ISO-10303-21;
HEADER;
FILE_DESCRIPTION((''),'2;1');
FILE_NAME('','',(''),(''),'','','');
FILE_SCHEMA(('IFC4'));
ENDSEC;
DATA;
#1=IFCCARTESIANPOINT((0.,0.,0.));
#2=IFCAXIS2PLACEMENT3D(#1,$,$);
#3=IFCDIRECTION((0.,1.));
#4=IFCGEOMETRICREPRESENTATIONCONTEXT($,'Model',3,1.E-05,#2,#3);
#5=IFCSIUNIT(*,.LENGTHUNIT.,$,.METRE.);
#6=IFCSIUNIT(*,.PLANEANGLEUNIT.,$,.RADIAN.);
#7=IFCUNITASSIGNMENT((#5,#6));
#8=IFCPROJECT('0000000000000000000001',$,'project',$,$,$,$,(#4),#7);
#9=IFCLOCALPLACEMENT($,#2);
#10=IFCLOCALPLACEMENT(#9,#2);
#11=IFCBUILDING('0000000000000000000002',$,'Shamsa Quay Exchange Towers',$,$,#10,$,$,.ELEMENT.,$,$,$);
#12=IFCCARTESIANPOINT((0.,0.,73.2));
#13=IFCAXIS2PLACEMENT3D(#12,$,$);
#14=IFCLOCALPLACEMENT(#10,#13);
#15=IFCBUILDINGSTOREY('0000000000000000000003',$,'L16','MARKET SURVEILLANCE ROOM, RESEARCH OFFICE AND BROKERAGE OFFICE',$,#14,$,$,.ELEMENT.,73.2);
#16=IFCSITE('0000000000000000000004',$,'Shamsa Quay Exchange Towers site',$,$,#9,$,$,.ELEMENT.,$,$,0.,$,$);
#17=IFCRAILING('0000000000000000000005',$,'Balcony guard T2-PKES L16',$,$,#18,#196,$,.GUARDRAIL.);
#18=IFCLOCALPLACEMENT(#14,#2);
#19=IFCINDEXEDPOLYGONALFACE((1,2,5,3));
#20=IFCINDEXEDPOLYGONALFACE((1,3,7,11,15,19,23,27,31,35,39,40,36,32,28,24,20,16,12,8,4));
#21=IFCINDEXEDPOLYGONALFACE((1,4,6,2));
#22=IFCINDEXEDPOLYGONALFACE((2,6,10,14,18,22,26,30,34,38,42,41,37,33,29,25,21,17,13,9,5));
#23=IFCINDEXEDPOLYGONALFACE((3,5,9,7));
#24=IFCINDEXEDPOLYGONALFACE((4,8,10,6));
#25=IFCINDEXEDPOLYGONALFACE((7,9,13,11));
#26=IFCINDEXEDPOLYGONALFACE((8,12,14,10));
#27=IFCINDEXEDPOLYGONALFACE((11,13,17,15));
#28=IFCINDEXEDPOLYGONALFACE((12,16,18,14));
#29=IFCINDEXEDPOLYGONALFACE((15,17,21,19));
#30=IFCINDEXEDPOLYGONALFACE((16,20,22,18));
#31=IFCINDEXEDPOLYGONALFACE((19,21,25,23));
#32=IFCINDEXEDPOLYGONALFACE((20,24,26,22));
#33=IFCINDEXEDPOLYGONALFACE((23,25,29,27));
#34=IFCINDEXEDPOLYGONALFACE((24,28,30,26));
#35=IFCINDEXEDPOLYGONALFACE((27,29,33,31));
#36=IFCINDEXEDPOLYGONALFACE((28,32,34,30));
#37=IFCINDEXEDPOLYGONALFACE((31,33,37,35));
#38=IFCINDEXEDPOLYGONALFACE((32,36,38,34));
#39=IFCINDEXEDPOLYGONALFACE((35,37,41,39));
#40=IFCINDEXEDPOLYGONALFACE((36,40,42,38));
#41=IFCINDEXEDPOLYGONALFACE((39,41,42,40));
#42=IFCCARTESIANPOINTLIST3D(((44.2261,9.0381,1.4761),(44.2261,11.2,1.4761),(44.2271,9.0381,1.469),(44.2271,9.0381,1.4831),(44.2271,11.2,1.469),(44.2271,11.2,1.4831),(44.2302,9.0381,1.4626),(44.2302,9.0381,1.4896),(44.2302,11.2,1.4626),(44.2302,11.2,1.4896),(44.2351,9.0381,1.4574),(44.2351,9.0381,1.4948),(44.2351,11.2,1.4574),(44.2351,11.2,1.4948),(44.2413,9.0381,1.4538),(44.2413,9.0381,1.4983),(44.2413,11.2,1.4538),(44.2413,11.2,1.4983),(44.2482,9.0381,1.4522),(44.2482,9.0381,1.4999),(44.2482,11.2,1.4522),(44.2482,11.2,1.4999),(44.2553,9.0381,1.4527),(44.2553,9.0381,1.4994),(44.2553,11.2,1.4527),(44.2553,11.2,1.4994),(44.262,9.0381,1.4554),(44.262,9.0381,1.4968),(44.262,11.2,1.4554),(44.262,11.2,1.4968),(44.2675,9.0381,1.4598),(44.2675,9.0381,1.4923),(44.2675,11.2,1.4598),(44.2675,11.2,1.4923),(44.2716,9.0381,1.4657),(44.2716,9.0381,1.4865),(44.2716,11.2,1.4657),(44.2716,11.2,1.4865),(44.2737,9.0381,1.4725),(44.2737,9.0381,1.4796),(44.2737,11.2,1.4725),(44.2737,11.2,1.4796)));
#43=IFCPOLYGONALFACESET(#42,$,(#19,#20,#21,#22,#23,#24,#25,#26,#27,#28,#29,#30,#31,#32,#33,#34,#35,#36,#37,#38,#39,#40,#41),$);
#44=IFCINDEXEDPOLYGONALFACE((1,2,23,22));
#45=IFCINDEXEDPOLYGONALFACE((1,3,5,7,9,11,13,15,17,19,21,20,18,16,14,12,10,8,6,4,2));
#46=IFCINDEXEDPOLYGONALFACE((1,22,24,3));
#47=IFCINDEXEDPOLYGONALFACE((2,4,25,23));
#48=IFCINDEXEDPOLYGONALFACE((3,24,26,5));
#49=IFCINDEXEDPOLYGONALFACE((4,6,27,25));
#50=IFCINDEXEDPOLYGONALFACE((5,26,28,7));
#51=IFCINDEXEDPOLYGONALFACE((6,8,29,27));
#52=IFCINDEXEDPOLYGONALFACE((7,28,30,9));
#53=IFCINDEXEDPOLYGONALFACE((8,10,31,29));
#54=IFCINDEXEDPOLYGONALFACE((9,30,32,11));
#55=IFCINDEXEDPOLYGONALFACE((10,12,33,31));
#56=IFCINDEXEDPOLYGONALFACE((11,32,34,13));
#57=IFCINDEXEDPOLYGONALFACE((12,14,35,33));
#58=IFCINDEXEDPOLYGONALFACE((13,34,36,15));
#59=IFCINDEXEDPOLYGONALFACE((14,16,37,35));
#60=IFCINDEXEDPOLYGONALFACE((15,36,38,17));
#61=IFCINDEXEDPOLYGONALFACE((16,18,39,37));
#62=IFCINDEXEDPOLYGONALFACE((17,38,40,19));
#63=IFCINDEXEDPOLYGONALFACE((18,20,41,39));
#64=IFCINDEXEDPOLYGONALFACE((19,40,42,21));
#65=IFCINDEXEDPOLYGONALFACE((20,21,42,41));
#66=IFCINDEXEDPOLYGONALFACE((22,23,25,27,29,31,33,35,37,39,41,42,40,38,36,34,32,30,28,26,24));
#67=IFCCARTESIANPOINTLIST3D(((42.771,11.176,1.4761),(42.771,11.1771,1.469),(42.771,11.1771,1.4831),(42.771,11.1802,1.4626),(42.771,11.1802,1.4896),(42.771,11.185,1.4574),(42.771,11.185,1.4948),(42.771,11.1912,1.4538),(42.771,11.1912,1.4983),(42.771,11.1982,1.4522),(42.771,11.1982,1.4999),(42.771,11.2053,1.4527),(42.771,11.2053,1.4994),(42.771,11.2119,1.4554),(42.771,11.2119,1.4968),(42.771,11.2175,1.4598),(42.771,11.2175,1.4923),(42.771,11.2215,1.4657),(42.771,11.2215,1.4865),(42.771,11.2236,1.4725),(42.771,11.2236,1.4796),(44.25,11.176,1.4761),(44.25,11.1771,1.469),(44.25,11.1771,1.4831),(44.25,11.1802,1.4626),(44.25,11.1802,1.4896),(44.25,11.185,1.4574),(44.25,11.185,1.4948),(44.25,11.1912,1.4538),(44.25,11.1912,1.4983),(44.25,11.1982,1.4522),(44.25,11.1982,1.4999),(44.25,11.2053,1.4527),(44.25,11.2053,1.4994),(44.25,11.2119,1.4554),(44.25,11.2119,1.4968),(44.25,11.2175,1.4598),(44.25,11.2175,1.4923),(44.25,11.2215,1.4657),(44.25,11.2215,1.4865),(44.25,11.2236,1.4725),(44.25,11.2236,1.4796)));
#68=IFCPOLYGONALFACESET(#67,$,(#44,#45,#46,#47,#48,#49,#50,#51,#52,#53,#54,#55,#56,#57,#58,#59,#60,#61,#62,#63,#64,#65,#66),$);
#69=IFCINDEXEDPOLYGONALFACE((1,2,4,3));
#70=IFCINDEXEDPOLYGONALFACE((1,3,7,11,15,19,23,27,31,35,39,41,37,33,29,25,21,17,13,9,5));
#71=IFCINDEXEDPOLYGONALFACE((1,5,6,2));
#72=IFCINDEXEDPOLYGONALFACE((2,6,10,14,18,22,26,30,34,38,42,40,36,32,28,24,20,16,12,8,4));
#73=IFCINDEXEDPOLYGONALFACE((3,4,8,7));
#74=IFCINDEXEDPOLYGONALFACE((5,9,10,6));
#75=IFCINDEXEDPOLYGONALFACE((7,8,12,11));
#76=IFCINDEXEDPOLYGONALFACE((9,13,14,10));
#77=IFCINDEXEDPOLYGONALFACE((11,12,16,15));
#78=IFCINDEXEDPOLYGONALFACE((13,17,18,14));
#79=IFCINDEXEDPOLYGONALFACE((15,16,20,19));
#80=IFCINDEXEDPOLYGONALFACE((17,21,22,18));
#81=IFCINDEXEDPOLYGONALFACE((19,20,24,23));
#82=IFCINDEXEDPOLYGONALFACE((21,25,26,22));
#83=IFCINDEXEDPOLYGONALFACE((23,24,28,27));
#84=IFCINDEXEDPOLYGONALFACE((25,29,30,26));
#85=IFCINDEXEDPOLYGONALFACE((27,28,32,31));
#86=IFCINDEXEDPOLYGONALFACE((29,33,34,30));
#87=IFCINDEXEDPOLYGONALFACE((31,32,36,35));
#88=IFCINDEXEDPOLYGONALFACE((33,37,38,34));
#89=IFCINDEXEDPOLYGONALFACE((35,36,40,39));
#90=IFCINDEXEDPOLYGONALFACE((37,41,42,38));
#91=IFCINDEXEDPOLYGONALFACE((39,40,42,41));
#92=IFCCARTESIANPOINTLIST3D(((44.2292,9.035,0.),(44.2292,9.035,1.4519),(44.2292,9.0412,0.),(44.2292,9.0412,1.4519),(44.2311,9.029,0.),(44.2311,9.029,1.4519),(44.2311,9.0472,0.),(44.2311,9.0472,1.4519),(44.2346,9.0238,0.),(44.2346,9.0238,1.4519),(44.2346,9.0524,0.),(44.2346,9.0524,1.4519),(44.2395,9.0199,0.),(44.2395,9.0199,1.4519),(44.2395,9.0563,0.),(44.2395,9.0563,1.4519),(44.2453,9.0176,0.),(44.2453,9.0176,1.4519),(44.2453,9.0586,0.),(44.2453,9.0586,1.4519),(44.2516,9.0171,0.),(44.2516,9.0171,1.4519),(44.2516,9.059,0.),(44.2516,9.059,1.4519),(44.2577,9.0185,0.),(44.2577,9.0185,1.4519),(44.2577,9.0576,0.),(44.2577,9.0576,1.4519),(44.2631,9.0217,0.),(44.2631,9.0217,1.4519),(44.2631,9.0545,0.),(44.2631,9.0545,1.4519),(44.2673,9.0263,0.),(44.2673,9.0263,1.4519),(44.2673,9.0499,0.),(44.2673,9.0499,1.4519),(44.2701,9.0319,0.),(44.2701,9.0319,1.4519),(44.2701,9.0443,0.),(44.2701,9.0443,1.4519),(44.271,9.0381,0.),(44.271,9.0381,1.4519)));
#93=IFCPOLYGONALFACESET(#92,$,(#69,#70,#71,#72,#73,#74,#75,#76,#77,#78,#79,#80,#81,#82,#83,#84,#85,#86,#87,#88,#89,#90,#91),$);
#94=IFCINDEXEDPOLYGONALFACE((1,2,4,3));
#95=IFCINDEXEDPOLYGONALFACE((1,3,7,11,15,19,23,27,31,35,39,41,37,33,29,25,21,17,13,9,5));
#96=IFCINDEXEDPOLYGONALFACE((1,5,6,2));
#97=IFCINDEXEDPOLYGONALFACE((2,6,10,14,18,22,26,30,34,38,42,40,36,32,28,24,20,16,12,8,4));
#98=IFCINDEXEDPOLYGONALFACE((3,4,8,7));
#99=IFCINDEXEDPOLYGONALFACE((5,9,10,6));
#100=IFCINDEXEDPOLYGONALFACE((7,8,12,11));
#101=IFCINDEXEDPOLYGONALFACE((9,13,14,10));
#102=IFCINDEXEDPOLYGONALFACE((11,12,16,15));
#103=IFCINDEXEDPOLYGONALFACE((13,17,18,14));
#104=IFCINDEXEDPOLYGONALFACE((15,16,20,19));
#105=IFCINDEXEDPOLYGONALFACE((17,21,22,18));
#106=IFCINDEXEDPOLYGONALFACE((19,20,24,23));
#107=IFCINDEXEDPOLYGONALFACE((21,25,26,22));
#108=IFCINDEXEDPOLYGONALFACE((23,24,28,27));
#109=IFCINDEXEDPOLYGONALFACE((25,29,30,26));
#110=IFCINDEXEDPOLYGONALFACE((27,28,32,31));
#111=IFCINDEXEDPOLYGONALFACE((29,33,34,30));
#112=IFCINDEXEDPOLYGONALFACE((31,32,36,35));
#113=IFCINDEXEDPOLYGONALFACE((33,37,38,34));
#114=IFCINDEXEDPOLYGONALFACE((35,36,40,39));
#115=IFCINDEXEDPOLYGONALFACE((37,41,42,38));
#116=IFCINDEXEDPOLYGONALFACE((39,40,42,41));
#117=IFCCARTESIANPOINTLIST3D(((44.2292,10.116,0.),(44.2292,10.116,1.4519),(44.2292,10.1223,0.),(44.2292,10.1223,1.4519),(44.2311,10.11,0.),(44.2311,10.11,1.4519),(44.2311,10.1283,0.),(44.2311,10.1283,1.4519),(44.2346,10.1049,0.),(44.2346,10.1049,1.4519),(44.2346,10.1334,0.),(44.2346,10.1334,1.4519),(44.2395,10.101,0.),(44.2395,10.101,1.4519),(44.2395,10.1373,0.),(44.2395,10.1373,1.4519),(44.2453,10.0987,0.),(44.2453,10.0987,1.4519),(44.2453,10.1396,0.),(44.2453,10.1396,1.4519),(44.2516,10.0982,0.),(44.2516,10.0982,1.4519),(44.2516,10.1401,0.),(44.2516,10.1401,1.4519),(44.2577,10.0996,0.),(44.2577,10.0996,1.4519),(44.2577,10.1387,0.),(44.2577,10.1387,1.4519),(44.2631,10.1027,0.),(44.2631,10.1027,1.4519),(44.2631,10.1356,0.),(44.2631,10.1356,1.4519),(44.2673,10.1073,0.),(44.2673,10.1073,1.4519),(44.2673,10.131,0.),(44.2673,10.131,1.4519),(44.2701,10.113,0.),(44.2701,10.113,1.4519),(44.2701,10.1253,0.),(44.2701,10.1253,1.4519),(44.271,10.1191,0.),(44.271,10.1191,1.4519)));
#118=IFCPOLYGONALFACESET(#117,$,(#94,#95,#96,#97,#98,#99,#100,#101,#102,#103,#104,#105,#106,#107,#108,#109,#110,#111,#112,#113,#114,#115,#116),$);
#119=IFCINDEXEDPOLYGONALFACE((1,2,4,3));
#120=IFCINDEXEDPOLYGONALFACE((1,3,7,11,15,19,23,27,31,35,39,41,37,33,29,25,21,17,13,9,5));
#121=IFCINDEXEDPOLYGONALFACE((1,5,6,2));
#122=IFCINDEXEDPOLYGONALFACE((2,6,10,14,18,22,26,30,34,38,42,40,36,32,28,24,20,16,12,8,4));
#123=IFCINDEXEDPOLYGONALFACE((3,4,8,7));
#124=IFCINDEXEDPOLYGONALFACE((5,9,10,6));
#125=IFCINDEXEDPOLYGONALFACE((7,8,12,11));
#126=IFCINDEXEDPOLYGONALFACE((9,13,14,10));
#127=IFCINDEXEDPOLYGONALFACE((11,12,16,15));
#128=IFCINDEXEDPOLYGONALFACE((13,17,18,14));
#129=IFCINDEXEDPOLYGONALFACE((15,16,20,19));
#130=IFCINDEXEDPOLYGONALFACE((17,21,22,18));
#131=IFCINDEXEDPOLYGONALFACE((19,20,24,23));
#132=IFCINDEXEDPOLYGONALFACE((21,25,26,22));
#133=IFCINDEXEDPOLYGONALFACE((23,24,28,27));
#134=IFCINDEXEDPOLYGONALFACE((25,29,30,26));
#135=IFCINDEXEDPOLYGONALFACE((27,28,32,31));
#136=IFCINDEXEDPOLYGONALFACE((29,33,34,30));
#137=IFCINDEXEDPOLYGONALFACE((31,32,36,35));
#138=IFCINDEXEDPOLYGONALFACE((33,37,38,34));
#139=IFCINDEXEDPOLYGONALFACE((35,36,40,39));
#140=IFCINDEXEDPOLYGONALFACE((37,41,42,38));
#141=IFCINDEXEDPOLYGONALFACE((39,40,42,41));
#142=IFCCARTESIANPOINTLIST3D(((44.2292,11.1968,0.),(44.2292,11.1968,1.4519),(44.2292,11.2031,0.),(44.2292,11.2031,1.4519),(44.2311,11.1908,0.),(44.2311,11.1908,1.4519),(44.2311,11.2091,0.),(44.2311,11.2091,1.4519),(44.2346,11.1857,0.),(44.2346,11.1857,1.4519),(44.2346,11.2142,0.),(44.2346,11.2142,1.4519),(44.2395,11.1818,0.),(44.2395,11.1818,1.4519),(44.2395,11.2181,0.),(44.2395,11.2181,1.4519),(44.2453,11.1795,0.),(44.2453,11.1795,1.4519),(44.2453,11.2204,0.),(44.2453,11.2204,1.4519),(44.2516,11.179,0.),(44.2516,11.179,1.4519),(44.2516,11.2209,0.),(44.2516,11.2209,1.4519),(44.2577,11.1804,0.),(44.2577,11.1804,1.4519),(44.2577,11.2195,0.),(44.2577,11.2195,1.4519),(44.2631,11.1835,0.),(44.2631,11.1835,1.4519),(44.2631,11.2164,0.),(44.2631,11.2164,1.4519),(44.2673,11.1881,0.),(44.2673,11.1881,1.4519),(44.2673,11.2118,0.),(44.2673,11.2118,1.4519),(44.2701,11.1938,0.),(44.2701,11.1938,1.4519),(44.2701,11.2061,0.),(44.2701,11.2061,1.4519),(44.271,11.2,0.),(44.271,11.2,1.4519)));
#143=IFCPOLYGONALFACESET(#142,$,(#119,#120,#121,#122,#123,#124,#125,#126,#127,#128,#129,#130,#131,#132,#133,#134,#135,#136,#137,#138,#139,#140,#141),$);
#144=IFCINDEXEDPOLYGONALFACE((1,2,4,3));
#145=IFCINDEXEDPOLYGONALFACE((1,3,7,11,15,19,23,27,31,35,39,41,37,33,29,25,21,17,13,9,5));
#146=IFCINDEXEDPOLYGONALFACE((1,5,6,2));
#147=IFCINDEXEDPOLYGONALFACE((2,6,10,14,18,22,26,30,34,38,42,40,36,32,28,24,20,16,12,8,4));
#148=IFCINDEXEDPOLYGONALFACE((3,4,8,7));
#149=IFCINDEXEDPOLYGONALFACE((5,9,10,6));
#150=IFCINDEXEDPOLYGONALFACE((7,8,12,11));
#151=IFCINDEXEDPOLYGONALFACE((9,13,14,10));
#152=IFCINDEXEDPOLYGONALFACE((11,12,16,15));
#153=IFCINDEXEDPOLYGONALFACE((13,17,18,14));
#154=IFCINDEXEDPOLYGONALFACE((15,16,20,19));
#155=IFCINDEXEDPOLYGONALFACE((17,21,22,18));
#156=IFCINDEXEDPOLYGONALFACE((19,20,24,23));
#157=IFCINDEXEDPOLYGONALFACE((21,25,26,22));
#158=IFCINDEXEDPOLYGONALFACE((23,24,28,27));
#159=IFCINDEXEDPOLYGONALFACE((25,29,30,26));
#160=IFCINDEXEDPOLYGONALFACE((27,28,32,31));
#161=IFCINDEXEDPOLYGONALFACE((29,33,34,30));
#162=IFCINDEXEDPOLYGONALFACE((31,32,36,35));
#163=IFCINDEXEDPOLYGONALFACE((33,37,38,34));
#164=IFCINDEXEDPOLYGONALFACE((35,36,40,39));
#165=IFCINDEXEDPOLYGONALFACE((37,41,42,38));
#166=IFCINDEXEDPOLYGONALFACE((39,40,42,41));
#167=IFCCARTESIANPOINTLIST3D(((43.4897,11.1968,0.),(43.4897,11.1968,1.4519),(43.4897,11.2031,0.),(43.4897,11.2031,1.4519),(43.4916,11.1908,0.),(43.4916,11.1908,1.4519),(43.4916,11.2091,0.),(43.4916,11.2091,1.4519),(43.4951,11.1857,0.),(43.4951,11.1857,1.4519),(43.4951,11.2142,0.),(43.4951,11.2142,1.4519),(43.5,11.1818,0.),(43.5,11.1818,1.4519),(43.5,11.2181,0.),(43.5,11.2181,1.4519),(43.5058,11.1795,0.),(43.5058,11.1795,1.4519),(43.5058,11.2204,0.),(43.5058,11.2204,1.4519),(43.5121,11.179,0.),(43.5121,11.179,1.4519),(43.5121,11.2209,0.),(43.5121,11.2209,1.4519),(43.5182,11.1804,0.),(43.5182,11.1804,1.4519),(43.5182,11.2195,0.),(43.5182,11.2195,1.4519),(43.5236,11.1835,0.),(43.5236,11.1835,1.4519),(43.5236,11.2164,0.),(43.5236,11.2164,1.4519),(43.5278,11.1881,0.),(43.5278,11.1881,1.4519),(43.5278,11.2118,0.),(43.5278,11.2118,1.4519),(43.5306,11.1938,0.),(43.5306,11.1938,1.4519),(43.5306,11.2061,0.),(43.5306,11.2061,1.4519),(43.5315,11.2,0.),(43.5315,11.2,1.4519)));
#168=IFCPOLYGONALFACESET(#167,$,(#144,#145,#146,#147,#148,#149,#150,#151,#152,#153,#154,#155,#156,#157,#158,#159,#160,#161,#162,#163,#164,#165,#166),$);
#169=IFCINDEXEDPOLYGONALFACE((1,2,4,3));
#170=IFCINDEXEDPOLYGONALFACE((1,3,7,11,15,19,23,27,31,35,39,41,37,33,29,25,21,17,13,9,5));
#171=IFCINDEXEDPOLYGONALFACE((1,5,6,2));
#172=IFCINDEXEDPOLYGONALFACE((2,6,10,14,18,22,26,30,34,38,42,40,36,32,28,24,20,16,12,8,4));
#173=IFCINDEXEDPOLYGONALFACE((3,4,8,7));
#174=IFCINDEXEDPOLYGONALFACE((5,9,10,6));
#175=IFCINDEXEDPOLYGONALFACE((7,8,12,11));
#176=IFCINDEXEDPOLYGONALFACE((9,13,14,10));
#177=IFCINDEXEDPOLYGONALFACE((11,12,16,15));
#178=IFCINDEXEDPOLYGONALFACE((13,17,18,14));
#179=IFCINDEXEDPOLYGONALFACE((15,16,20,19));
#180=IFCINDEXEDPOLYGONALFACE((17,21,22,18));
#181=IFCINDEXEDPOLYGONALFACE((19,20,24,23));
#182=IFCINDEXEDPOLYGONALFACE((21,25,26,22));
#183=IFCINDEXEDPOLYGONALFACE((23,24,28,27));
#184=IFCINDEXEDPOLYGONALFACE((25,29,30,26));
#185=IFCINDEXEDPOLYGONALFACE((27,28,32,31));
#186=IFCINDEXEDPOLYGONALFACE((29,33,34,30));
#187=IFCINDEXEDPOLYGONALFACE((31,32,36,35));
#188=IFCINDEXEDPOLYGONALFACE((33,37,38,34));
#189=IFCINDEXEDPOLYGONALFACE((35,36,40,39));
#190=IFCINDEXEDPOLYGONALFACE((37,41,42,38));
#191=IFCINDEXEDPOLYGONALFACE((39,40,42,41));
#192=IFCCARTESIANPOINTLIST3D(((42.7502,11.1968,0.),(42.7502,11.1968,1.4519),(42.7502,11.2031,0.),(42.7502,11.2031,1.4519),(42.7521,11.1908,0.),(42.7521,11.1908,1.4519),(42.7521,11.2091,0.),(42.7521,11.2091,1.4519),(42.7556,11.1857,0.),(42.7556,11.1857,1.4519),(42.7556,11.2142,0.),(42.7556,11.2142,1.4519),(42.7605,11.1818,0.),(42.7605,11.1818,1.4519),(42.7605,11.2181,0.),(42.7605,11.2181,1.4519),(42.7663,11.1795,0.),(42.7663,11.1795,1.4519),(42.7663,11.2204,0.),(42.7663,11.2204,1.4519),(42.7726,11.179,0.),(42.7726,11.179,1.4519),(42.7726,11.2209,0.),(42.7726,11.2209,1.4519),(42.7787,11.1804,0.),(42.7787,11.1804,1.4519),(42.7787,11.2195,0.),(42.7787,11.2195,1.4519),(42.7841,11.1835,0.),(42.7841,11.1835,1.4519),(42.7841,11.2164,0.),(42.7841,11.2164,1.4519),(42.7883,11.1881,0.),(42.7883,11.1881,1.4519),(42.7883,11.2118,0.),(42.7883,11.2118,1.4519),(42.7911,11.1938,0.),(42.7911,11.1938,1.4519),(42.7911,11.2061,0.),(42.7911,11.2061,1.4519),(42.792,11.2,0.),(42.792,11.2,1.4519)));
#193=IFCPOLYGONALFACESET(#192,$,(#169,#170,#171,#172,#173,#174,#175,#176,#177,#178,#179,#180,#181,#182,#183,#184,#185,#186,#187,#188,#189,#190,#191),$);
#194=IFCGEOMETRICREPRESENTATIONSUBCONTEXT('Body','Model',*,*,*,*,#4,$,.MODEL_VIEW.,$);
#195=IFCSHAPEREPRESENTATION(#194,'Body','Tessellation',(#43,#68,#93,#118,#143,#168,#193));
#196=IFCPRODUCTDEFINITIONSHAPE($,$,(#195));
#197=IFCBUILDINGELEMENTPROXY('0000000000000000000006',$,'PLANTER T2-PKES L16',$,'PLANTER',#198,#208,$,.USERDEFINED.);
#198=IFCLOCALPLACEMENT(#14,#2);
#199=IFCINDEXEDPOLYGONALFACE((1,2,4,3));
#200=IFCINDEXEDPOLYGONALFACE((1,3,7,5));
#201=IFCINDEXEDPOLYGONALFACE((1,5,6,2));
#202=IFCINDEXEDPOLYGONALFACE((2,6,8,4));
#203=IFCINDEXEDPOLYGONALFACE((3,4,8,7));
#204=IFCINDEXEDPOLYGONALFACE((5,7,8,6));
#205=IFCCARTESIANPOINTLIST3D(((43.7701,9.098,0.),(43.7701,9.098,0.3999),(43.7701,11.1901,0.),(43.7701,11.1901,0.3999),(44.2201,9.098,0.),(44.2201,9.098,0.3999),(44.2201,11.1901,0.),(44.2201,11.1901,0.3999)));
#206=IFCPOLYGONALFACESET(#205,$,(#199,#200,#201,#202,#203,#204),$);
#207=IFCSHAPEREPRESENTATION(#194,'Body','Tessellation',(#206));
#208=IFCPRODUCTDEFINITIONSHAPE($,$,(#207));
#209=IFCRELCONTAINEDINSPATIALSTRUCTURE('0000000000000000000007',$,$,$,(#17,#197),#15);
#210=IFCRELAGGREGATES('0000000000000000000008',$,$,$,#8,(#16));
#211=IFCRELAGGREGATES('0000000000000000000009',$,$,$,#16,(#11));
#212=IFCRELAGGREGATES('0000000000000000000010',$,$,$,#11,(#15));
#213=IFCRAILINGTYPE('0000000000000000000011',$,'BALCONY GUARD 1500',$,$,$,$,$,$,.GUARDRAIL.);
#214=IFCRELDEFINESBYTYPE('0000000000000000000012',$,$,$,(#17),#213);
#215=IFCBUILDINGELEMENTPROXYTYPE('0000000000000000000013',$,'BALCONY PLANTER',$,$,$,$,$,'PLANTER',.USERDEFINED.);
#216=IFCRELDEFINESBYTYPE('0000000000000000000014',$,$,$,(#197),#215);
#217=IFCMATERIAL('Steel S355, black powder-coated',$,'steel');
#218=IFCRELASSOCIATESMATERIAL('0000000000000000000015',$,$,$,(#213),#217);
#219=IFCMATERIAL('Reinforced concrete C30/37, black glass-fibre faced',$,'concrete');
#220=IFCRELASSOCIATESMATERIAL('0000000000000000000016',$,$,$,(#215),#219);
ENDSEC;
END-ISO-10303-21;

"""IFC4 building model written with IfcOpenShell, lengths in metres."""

from ifc_helpers import new_model, si_unit, direction, frame, origin, origin_2d, place, context, subcontext, project, spatial, rectangle, circle, extrude, material, type_object, element, save


model = new_model("IFC4")

# Units and contexts
model_context = context("Model", 3, precision=1e-05, world=origin(), true_north=direction((0.0, 1.0)))
body_context = subcontext(model_context, "Body", "Model", "MODEL_VIEW")
ifc_project = project(units=[si_unit("LENGTHUNIT", "METRE"), si_unit("PLANEANGLEUNIT", "RADIAN")], contexts=[model_context])

# Site, building, storey
site_placement = place(None, origin())
site = spatial("IfcSite", under=ifc_project, at=site_placement, Name="Shamsa Quay Exchange Towers site", CompositionType="ELEMENT", RefElevation=0.0)
building_placement = place(site_placement, origin())
building = spatial("IfcBuilding", under=site, at=building_placement, Name="Shamsa Quay Exchange Towers", CompositionType="ELEMENT")
storey_placement = place(building_placement, frame((0.0, 0.0, 73.2)))
storey = spatial("IfcBuildingStorey", under=building, at=storey_placement, Name="L16", Description="MARKET SURVEILLANCE ROOM, RESEARCH OFFICE AND BROKERAGE OFFICE", CompositionType="ELEMENT", Elevation=73.2)

# Railing
ifc_material_1 = material(Name="Steel S355, black powder-coated", Category="steel")
railing_type = type_object("IfcRailingType", Name="BALCONY GUARD 1500", PredefinedType="GUARDRAIL", material=ifc_material_1)
railing_placement = place(storey_placement, frame((44.25, 9.0381, 0.0)))
element("IfcRailing", 1, at=railing_placement, inside=storey, type_object=railing_type, Name="Balcony guard T2-PKES L16", PredefinedType="GUARDRAIL", context=body_context, shape_type="SweptSolid", body=[
    extrude(circle(Radius=0.0239, at=origin_2d()), frame((0.0, 0.0, 1.4761), z_axis=(0.0, 1.0, 0.0), x_axis=(-1.0, 0.0, 0.0)), (0.0, 0.0, 1.0), 2.1619),
    extrude(circle(Radius=0.0239, at=origin_2d()), frame((0.0, 2.1619, 1.4761), z_axis=(-1.0, 0.0, 0.0), x_axis=(0.0, -1.0, 0.0)), (0.0, 0.0, 1.0), 1.479),
    extrude(circle(Radius=0.021, at=origin_2d()), origin(), (0.0, 0.0, 1.0), 1.4519),
    extrude(circle(Radius=0.021, at=origin_2d()), frame((0.0, 1.0811, 0.0)), (0.0, 0.0, 1.0), 1.4519),
    extrude(circle(Radius=0.021, at=origin_2d()), frame((0.0, 2.1619, 0.0)), (0.0, 0.0, 1.0), 1.4519),
    extrude(circle(Radius=0.021, at=origin_2d()), frame((-0.7395, 2.1619, 0.0)), (0.0, 0.0, 1.0), 1.4519),
    extrude(circle(Radius=0.021, at=origin_2d()), frame((-1.479, 2.1619, 0.0)), (0.0, 0.0, 1.0), 1.4519),
])

# Building element proxy
ifc_material_2 = material(Name="Reinforced concrete C30/37, black glass-fibre faced", Category="concrete")
building_element_proxy_type = type_object("IfcBuildingElementProxyType", Name="BALCONY PLANTER", ElementType="PLANTER", PredefinedType="USERDEFINED", material=ifc_material_2)
proxy_placement = place(storey_placement, frame((43.9951, 10.144, 0.0), z_axis=(0.0, 0.0, 1.0), x_axis=(0.0, 1.0, 0.0)))
element("IfcBuildingElementProxy", 2, at=proxy_placement, inside=storey, type_object=building_element_proxy_type, Name="PLANTER T2-PKES L16", ObjectType="PLANTER", PredefinedType="USERDEFINED", context=body_context, shape_type="SweptSolid", body=[
    extrude(rectangle(XDim=2.092, YDim=0.45, at=origin_2d()), origin(), (0.0, 0.0, 1.0), 0.3999),
])

save(model, "model.ifc")
